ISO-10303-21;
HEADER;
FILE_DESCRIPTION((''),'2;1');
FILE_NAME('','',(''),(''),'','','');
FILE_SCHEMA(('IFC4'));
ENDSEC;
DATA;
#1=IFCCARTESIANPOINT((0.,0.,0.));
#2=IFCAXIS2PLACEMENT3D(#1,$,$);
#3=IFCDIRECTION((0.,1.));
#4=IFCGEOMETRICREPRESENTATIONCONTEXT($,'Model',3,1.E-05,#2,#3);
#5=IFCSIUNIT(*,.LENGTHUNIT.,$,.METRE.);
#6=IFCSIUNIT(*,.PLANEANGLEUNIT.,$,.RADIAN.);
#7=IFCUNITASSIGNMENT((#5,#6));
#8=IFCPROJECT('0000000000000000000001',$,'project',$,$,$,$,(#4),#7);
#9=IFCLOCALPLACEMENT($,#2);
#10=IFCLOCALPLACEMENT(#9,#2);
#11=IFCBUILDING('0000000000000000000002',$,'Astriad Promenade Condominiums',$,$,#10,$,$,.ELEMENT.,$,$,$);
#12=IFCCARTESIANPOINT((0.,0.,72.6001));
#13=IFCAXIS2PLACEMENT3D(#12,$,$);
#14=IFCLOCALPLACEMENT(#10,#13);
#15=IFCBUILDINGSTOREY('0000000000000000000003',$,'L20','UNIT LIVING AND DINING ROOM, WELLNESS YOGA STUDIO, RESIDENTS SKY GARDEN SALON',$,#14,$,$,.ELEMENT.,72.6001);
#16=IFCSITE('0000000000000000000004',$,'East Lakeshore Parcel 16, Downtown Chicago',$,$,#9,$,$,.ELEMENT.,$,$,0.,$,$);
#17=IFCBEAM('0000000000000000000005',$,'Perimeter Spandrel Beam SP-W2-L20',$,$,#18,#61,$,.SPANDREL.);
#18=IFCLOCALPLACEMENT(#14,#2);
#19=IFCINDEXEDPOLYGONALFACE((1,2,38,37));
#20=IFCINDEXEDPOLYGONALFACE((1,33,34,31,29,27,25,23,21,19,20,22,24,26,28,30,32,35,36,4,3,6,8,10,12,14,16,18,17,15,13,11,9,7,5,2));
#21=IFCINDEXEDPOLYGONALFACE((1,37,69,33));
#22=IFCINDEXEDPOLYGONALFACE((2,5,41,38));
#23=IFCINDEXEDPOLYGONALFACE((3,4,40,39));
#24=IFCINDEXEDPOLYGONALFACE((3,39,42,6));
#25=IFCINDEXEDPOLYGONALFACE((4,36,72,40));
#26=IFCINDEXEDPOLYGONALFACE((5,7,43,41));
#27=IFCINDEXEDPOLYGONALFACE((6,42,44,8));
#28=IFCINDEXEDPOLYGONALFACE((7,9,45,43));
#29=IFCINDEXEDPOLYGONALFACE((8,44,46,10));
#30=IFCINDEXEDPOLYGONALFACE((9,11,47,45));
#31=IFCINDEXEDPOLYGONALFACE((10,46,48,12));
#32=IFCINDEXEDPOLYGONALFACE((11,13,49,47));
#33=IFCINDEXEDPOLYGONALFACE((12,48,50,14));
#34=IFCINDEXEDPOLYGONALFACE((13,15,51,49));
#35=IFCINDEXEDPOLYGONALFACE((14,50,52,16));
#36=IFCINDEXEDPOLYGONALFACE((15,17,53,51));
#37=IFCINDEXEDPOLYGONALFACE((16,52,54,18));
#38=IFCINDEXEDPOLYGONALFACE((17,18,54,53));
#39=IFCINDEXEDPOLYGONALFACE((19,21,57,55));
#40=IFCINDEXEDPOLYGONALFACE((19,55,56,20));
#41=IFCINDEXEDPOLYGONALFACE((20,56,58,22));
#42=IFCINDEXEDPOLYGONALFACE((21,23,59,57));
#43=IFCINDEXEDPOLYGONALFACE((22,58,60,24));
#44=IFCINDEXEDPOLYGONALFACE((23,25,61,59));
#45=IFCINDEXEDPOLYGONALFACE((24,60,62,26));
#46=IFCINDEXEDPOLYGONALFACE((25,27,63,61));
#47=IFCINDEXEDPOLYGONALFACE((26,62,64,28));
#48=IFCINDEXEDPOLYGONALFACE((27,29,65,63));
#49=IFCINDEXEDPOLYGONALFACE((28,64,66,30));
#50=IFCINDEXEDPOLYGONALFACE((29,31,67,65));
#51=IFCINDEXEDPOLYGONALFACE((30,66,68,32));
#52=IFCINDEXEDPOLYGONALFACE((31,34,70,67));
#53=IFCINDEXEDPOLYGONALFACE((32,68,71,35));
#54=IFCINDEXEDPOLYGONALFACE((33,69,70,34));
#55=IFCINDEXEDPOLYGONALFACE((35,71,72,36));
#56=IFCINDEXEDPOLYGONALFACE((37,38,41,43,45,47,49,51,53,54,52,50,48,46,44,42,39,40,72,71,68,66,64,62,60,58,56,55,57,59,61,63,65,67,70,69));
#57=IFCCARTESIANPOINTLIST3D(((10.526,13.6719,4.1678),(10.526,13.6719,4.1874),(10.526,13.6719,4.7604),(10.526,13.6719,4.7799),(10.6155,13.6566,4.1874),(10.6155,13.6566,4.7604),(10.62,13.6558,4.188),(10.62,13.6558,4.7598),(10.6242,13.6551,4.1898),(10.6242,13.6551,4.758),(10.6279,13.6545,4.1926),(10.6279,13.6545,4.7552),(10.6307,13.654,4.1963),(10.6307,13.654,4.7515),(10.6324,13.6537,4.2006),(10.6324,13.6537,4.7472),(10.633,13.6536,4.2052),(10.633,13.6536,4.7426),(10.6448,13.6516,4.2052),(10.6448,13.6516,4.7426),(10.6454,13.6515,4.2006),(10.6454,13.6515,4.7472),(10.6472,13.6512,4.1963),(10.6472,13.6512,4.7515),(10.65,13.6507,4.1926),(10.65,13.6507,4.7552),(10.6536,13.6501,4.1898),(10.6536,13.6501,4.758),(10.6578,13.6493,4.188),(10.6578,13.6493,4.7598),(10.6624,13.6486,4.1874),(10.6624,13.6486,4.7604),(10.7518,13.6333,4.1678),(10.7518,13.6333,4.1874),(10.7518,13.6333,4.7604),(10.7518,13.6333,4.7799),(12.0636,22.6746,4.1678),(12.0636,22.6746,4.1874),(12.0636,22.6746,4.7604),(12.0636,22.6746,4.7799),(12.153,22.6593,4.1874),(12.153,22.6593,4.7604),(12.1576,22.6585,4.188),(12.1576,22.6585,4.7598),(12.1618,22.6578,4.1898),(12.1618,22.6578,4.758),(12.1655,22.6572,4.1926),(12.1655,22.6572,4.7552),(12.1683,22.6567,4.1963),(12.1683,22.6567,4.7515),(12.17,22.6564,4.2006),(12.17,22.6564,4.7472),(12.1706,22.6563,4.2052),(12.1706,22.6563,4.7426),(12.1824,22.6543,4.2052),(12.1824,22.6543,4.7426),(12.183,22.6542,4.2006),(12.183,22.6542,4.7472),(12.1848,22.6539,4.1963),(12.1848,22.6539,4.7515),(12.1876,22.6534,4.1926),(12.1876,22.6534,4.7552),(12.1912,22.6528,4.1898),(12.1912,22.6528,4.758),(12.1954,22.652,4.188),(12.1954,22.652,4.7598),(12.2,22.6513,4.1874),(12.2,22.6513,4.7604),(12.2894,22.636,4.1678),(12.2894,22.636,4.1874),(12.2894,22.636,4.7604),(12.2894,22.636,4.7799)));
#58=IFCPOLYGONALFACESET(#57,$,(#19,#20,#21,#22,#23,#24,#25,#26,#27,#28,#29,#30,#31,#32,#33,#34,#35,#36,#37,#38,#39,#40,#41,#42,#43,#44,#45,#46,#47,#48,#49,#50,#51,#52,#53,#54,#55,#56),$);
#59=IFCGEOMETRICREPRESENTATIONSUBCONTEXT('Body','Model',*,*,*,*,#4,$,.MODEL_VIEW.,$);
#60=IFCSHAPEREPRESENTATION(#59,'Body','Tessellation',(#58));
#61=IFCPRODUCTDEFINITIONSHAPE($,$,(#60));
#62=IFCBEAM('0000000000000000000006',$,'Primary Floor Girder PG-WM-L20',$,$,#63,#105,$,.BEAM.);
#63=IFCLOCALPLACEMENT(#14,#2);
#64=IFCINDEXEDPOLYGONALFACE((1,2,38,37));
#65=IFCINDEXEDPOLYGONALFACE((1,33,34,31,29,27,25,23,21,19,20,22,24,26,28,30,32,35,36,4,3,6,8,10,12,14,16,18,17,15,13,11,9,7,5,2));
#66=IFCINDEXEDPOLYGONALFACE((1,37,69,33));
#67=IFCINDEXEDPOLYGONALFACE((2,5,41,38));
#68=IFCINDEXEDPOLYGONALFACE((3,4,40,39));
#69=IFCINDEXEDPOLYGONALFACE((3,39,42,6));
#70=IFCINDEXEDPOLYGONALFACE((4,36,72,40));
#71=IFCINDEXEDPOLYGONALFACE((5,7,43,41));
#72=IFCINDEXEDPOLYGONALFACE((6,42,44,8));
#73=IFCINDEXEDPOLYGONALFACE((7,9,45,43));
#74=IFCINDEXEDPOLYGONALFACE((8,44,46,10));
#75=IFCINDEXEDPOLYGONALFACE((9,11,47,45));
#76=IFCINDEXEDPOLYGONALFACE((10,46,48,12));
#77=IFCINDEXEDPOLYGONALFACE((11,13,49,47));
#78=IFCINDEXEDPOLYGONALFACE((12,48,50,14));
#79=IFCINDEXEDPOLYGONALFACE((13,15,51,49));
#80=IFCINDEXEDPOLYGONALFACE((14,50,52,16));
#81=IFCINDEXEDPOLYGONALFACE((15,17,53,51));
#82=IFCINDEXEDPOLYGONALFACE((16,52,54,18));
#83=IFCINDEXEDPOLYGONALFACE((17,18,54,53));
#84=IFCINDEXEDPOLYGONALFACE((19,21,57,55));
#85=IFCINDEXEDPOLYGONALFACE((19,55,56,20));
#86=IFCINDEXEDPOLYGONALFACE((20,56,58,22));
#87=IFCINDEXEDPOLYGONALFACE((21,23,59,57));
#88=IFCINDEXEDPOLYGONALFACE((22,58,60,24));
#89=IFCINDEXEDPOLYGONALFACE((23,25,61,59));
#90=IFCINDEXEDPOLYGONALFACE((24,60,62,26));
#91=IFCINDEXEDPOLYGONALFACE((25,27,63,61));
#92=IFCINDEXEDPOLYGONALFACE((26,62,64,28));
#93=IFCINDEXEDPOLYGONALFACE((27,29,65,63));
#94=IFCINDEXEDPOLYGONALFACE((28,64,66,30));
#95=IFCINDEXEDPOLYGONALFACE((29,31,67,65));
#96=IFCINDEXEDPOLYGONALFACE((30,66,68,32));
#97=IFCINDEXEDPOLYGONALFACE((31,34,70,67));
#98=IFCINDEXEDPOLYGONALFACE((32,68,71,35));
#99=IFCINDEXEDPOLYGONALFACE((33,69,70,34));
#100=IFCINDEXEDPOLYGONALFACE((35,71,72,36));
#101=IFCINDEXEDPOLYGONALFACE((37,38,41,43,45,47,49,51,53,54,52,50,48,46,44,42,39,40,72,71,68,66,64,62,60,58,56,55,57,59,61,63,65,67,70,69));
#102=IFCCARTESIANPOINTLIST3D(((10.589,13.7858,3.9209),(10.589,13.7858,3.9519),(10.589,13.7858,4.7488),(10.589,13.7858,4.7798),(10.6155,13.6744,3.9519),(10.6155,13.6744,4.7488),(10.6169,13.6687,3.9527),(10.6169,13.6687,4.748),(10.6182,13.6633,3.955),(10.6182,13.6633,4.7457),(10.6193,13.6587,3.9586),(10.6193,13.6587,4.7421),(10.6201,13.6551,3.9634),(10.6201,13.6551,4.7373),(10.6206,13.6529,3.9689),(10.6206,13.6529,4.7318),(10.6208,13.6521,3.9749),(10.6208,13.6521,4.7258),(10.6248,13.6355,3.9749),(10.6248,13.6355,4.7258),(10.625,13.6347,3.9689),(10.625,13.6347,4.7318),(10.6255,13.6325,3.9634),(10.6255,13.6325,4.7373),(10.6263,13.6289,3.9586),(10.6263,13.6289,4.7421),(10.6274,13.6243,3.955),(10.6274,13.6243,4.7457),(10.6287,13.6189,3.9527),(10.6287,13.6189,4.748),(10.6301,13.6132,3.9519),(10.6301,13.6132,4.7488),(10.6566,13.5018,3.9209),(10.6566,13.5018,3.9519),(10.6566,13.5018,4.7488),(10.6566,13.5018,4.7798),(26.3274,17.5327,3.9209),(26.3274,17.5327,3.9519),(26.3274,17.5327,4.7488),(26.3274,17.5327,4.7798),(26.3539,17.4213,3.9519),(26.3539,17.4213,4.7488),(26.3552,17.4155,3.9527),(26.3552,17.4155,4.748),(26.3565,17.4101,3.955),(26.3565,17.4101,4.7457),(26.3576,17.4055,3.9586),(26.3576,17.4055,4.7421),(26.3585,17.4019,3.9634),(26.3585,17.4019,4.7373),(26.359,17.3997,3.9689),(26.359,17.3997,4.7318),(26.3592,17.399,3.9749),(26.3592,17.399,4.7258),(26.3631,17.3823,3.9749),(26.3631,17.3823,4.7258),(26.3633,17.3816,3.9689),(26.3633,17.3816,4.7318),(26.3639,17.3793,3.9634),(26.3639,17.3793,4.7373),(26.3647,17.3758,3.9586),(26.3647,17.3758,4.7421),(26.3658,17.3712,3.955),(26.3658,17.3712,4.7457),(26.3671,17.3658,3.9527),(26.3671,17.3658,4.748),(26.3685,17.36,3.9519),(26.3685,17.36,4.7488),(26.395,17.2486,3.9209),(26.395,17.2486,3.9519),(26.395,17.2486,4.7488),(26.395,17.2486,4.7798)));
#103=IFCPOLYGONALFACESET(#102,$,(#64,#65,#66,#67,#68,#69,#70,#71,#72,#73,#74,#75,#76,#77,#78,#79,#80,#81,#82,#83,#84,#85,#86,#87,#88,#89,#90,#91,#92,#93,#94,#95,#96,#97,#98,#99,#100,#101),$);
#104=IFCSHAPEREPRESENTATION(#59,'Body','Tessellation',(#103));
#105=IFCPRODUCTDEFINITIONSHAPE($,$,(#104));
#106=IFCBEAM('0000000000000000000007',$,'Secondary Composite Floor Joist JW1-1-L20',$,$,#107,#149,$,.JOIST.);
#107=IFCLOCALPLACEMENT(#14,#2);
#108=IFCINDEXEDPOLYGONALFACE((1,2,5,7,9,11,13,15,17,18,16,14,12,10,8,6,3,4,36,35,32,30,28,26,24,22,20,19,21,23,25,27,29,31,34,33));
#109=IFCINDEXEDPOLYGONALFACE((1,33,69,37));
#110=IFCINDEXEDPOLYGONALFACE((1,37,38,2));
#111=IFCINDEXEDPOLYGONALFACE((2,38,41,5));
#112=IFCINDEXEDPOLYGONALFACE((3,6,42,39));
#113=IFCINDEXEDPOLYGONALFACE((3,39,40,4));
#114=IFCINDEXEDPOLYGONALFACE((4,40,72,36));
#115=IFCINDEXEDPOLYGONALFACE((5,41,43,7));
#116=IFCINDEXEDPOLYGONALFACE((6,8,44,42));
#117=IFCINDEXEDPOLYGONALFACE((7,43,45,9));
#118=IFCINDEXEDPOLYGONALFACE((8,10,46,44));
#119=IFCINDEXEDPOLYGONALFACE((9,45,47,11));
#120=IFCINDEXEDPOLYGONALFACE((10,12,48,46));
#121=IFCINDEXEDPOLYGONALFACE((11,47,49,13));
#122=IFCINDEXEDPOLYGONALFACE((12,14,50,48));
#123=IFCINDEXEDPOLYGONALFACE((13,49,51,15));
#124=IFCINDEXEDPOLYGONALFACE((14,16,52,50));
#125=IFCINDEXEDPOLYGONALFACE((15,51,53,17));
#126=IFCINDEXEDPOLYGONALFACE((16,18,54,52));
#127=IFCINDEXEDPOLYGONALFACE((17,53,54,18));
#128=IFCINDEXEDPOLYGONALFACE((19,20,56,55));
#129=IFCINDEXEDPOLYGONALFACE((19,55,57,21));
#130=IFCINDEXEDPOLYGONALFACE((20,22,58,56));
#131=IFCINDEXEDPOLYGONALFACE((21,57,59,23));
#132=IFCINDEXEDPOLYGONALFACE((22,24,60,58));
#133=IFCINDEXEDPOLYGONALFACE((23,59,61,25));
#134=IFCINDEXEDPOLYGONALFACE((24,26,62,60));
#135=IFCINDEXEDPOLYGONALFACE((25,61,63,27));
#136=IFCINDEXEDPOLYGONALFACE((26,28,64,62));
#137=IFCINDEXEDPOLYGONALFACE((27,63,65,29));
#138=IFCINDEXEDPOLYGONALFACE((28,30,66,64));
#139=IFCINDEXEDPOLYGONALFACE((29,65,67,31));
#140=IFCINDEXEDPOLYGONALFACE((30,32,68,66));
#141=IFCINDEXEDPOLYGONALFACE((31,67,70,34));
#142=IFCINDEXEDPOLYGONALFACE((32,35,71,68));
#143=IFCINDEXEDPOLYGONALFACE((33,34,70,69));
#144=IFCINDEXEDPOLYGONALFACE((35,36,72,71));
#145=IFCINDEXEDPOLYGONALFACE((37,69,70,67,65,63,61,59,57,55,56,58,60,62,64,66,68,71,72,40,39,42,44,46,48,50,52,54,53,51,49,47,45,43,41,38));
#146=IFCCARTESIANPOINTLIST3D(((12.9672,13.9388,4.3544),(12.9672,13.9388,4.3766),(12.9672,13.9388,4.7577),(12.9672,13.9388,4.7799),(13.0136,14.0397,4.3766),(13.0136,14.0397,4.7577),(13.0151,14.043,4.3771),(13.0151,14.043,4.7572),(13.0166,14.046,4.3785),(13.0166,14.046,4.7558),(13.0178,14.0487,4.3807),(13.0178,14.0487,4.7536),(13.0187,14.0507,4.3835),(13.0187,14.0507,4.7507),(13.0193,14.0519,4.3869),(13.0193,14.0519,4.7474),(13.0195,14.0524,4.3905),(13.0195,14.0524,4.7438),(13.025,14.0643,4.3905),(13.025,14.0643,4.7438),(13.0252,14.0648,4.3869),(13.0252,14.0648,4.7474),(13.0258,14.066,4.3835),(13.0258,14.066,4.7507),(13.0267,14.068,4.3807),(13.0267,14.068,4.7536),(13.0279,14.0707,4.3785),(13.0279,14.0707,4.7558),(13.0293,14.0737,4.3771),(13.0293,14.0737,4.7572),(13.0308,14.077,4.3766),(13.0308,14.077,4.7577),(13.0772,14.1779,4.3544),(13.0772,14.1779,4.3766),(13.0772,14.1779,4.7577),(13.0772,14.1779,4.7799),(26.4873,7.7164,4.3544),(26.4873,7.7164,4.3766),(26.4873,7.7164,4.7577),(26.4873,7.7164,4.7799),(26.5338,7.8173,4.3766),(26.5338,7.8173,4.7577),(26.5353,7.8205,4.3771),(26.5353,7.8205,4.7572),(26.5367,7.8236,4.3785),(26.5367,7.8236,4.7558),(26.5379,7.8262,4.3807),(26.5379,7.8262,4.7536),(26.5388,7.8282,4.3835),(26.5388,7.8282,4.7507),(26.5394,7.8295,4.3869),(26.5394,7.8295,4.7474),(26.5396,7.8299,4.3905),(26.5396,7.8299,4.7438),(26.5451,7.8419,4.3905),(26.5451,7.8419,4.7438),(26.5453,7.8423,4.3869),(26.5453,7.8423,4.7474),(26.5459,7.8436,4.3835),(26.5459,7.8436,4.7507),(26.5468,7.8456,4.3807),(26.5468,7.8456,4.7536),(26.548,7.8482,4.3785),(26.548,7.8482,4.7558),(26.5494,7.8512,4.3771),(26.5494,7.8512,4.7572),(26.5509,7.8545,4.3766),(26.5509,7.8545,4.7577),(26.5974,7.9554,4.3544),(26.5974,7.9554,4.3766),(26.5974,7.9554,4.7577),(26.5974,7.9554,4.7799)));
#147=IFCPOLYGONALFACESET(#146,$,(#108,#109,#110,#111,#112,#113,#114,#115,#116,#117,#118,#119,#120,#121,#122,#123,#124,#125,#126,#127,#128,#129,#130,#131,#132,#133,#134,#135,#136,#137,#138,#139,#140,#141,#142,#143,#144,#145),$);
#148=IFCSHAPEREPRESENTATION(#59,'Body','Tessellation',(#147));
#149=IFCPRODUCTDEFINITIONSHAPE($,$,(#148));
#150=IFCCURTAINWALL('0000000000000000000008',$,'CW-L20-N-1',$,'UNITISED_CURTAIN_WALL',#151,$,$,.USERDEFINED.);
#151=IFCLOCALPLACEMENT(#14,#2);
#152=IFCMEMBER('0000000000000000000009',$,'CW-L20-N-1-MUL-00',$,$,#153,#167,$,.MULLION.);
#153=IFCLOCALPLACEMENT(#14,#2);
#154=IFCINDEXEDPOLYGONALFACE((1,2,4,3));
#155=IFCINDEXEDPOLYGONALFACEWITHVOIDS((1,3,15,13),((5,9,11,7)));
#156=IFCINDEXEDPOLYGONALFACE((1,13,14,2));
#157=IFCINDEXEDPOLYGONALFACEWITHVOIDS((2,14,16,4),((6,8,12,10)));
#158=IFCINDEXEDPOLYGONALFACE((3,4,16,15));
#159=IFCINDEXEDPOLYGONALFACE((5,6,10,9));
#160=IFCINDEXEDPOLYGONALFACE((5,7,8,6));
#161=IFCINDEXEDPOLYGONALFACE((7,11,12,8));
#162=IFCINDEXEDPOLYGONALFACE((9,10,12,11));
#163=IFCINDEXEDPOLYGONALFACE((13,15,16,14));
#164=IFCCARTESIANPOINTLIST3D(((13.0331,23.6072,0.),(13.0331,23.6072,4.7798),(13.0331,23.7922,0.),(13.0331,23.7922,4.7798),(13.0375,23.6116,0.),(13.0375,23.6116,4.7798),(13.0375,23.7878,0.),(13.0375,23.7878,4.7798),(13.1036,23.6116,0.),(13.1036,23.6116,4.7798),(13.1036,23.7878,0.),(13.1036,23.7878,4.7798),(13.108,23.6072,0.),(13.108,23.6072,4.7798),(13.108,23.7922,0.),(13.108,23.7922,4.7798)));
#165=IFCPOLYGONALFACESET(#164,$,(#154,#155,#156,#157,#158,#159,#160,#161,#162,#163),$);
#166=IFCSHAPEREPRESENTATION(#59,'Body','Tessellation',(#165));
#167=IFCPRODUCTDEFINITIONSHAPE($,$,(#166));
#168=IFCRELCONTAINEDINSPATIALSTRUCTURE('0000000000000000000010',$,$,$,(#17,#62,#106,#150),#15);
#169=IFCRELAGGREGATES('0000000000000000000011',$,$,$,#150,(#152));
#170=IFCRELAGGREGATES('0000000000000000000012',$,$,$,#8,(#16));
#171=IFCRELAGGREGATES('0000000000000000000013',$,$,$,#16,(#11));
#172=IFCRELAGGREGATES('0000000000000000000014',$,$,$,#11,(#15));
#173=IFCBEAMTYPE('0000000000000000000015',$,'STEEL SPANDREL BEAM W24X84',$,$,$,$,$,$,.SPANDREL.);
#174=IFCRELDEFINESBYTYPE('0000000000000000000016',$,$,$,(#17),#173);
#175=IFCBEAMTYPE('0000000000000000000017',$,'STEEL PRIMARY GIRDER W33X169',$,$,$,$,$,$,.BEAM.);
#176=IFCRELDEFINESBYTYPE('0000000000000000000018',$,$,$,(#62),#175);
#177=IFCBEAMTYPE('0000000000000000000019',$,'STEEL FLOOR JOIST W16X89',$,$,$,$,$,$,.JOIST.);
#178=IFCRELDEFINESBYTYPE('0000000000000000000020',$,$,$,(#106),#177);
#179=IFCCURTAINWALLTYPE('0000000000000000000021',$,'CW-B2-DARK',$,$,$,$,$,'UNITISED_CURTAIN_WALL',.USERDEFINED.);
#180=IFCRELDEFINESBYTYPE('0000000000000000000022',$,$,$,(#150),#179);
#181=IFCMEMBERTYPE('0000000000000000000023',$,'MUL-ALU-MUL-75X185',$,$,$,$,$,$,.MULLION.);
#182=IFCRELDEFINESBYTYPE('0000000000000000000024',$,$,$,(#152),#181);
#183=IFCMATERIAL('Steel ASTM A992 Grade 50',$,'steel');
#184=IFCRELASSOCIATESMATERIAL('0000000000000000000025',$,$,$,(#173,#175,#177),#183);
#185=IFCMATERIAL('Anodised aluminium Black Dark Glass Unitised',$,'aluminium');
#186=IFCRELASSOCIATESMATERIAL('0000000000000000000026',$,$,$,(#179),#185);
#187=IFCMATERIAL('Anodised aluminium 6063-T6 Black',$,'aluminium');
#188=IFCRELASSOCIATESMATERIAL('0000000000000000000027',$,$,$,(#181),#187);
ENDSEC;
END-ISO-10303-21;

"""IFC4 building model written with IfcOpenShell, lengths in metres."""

from ifc_helpers import new_model, si_unit, direction, frame, origin, origin_2d, place, context, subcontext, project, spatial, hollow_rectangle, i_section, extrude, source, transform, mapped, material, material_profile, profile_set, type_object, type_shapes, element, aggregate, save


model = new_model("IFC4")

# Units and contexts
model_context = context("Model", 3, precision=1e-05, world=origin(), true_north=direction((0.0, 1.0)))
body_context = subcontext(model_context, "Body", "Model", "MODEL_VIEW")
ifc_project = project(units=[si_unit("LENGTHUNIT", "METRE"), si_unit("PLANEANGLEUNIT", "RADIAN")], contexts=[model_context])

# Site, building, storey
site_placement = place(None, origin())
site = spatial("IfcSite", under=ifc_project, at=site_placement, Name="East Lakeshore Parcel 16, Downtown Chicago", CompositionType="ELEMENT", RefElevation=0.0)
building_placement = place(site_placement, origin())
building = spatial("IfcBuilding", under=site, at=building_placement, Name="Astriad Promenade Condominiums", CompositionType="ELEMENT")
storey_placement = place(building_placement, frame((0.0, 0.0, 72.6001)))
storey = spatial("IfcBuildingStorey", under=building, at=storey_placement, Name="L20", Description="UNIT LIVING AND DINING ROOM, WELLNESS YOGA STUDIO, RESIDENTS SKY GARDEN SALON", CompositionType="ELEMENT", Elevation=72.6001)

# Shared definitions
ifc_material_1 = material(Name="Steel ASTM A992 Grade 50", Category="steel")

# Beams
ifc_material_profile_1 = material_profile(ifc_material_1, i_section(OverallWidth=0.229, OverallDepth=0.6121, WebThickness=0.012, FlangeThickness=0.0195, FilletRadius=0.0178, at=origin_2d()), Name="W24X84")
ifc_profile_set_1 = profile_set([ifc_material_profile_1], Name="Steel ASTM A992 Grade 50")
beam_type_1 = type_object("IfcBeamType", Name="STEEL SPANDREL BEAM W24X84", PredefinedType="SPANDREL", material=ifc_profile_set_1)
shared_shape_1 = source(origin(), body_context, "Body", "SweptSolid", [
    extrude(i_section(OverallWidth=0.229, OverallDepth=0.6121, WebThickness=0.012, FlangeThickness=0.0195, FilletRadius=0.0178, at=origin_2d()), origin(), (0.0, 0.0, 1.0), 9.1331),
])
type_shapes(beam_type_1, [shared_shape_1])
beam_1_placement = place(storey_placement, frame((12.1765, 22.6553, 4.4739), z_axis=(-0.168355, -0.985726, 0.0), x_axis=(0.985726, -0.168355, 0.0)))
element("IfcBeam", 1, at=beam_1_placement, inside=storey, type_object=beam_type_1, Name="Perimeter Spandrel Beam SP-W2-L20", PredefinedType="SPANDREL", context=body_context, shape_type="MappedRepresentation", body=[
    mapped(shared_shape_1, transform((0.0, 0.0, 0.0), scale=1.0)),
])
ifc_material_profile_2 = material_profile(ifc_material_1, i_section(OverallWidth=0.292, OverallDepth=0.8589, WebThickness=0.0171, FlangeThickness=0.031, FilletRadius=0.0229, at=origin_2d()), Name="W33X169")
ifc_profile_set_2 = profile_set([ifc_material_profile_2], Name="Steel ASTM A992 Grade 50")
beam_type_2 = type_object("IfcBeamType", Name="STEEL PRIMARY GIRDER W33X169", PredefinedType="BEAM", material=ifc_profile_set_2)
shared_shape_2 = source(origin(), body_context, "Body", "SweptSolid", [
    extrude(i_section(OverallWidth=0.292, OverallDepth=0.8589, WebThickness=0.0171, FlangeThickness=0.031, FilletRadius=0.0229, at=origin_2d()), origin(), (0.0, 0.0, 1.0), 16.1782),
])
type_shapes(beam_type_2, [shared_shape_2])
beam_2_placement = place(storey_placement, frame((10.6228, 13.6438, 4.3503), z_axis=(0.972812, 0.231598, 0.0), x_axis=(-0.231598, 0.972812, 0.0)))
element("IfcBeam", 2, at=beam_2_placement, inside=storey, type_object=beam_type_2, Name="Primary Floor Girder PG-WM-L20", PredefinedType="BEAM", context=body_context, shape_type="MappedRepresentation", body=[
    mapped(shared_shape_2, transform((0.0, 0.0, 0.0), scale=1.0)),
])
ifc_material_profile_3 = material_profile(ifc_material_1, i_section(OverallWidth=0.2632, OverallDepth=0.4255, WebThickness=0.0132, FlangeThickness=0.0222, FilletRadius=0.0139, at=origin_2d()), Name="W16X89")
ifc_profile_set_3 = profile_set([ifc_material_profile_3], Name="Steel ASTM A992 Grade 50")
beam_type_3 = type_object("IfcBeamType", Name="STEEL FLOOR JOIST W16X89", PredefinedType="JOIST", material=ifc_profile_set_3)
shared_shape_3 = source(origin(), body_context, "Body", "SweptSolid", [
    extrude(i_section(OverallWidth=0.2632, OverallDepth=0.4255, WebThickness=0.0132, FlangeThickness=0.0222, FilletRadius=0.0139, at=origin_2d()), origin(), (0.0, 0.0, 1.0), 14.8833),
])
type_shapes(beam_type_3, [shared_shape_3])
beam_3_placement = place(storey_placement, frame((13.0222, 14.0583, 4.5671), z_axis=(0.908409, -0.418083, 0.0), x_axis=(0.418083, 0.908409, 0.0)))
element("IfcBeam", 3, at=beam_3_placement, inside=storey, type_object=beam_type_3, Name="Secondary Composite Floor Joist JW1-1-L20", PredefinedType="JOIST", context=body_context, shape_type="MappedRepresentation", body=[
    mapped(shared_shape_3, transform((0.0, 0.0, 0.0), scale=1.0)),
])

# Curtain wall, member
ifc_material_2 = material(Name="Anodised aluminium Black Dark Glass Unitised", Category="aluminium")
curtain_wall_type = type_object("IfcCurtainWallType", Name="CW-B2-DARK", ElementType="UNITISED_CURTAIN_WALL", PredefinedType="USERDEFINED", material=ifc_material_2)
curtain_wall_placement = place(storey_placement, origin())
curtain_wall = element("IfcCurtainWall", 4, at=curtain_wall_placement, inside=storey, type_object=curtain_wall_type, Name="CW-L20-N-1", ObjectType="UNITISED_CURTAIN_WALL", PredefinedType="USERDEFINED")
ifc_material_3 = material(Name="Anodised aluminium 6063-T6 Black", Category="aluminium")
ifc_material_profile_4 = material_profile(ifc_material_3, hollow_rectangle(XDim=0.075, YDim=0.1851, WallThickness=0.0044, at=origin_2d()), Name="ALU-MUL-75X185")
ifc_profile_set_4 = profile_set([ifc_material_profile_4], Name="Anodised aluminium 6063-T6 Black")
member_type_1 = type_object("IfcMemberType", Name="MUL-ALU-MUL-75X185", PredefinedType="MULLION", material=ifc_profile_set_4)
shared_shape_4 = source(origin(), body_context, "Body", "SweptSolid", [
    extrude(hollow_rectangle(XDim=0.075, YDim=0.1851, WallThickness=0.0044, at=origin_2d()), origin(), (0.0, 0.0, 1.0), 4.7798),
])
type_shapes(member_type_1, [shared_shape_4])
member_1_placement = place(storey_placement, frame((13.0706, 23.6997, 0.0), z_axis=(0.0, 0.0, 1.0), x_axis=(1.0, 0.0, 0.0)))
member_1 = element("IfcMember", 5, at=member_1_placement, type_object=member_type_1, Name="CW-L20-N-1-MUL-00", PredefinedType="MULLION", context=body_context, shape_type="MappedRepresentation", body=[
    mapped(shared_shape_4, transform((0.0, 0.0, 0.0), scale=1.0)),
])
aggregate(curtain_wall, [member_1])

save(model, "model.ifc")
